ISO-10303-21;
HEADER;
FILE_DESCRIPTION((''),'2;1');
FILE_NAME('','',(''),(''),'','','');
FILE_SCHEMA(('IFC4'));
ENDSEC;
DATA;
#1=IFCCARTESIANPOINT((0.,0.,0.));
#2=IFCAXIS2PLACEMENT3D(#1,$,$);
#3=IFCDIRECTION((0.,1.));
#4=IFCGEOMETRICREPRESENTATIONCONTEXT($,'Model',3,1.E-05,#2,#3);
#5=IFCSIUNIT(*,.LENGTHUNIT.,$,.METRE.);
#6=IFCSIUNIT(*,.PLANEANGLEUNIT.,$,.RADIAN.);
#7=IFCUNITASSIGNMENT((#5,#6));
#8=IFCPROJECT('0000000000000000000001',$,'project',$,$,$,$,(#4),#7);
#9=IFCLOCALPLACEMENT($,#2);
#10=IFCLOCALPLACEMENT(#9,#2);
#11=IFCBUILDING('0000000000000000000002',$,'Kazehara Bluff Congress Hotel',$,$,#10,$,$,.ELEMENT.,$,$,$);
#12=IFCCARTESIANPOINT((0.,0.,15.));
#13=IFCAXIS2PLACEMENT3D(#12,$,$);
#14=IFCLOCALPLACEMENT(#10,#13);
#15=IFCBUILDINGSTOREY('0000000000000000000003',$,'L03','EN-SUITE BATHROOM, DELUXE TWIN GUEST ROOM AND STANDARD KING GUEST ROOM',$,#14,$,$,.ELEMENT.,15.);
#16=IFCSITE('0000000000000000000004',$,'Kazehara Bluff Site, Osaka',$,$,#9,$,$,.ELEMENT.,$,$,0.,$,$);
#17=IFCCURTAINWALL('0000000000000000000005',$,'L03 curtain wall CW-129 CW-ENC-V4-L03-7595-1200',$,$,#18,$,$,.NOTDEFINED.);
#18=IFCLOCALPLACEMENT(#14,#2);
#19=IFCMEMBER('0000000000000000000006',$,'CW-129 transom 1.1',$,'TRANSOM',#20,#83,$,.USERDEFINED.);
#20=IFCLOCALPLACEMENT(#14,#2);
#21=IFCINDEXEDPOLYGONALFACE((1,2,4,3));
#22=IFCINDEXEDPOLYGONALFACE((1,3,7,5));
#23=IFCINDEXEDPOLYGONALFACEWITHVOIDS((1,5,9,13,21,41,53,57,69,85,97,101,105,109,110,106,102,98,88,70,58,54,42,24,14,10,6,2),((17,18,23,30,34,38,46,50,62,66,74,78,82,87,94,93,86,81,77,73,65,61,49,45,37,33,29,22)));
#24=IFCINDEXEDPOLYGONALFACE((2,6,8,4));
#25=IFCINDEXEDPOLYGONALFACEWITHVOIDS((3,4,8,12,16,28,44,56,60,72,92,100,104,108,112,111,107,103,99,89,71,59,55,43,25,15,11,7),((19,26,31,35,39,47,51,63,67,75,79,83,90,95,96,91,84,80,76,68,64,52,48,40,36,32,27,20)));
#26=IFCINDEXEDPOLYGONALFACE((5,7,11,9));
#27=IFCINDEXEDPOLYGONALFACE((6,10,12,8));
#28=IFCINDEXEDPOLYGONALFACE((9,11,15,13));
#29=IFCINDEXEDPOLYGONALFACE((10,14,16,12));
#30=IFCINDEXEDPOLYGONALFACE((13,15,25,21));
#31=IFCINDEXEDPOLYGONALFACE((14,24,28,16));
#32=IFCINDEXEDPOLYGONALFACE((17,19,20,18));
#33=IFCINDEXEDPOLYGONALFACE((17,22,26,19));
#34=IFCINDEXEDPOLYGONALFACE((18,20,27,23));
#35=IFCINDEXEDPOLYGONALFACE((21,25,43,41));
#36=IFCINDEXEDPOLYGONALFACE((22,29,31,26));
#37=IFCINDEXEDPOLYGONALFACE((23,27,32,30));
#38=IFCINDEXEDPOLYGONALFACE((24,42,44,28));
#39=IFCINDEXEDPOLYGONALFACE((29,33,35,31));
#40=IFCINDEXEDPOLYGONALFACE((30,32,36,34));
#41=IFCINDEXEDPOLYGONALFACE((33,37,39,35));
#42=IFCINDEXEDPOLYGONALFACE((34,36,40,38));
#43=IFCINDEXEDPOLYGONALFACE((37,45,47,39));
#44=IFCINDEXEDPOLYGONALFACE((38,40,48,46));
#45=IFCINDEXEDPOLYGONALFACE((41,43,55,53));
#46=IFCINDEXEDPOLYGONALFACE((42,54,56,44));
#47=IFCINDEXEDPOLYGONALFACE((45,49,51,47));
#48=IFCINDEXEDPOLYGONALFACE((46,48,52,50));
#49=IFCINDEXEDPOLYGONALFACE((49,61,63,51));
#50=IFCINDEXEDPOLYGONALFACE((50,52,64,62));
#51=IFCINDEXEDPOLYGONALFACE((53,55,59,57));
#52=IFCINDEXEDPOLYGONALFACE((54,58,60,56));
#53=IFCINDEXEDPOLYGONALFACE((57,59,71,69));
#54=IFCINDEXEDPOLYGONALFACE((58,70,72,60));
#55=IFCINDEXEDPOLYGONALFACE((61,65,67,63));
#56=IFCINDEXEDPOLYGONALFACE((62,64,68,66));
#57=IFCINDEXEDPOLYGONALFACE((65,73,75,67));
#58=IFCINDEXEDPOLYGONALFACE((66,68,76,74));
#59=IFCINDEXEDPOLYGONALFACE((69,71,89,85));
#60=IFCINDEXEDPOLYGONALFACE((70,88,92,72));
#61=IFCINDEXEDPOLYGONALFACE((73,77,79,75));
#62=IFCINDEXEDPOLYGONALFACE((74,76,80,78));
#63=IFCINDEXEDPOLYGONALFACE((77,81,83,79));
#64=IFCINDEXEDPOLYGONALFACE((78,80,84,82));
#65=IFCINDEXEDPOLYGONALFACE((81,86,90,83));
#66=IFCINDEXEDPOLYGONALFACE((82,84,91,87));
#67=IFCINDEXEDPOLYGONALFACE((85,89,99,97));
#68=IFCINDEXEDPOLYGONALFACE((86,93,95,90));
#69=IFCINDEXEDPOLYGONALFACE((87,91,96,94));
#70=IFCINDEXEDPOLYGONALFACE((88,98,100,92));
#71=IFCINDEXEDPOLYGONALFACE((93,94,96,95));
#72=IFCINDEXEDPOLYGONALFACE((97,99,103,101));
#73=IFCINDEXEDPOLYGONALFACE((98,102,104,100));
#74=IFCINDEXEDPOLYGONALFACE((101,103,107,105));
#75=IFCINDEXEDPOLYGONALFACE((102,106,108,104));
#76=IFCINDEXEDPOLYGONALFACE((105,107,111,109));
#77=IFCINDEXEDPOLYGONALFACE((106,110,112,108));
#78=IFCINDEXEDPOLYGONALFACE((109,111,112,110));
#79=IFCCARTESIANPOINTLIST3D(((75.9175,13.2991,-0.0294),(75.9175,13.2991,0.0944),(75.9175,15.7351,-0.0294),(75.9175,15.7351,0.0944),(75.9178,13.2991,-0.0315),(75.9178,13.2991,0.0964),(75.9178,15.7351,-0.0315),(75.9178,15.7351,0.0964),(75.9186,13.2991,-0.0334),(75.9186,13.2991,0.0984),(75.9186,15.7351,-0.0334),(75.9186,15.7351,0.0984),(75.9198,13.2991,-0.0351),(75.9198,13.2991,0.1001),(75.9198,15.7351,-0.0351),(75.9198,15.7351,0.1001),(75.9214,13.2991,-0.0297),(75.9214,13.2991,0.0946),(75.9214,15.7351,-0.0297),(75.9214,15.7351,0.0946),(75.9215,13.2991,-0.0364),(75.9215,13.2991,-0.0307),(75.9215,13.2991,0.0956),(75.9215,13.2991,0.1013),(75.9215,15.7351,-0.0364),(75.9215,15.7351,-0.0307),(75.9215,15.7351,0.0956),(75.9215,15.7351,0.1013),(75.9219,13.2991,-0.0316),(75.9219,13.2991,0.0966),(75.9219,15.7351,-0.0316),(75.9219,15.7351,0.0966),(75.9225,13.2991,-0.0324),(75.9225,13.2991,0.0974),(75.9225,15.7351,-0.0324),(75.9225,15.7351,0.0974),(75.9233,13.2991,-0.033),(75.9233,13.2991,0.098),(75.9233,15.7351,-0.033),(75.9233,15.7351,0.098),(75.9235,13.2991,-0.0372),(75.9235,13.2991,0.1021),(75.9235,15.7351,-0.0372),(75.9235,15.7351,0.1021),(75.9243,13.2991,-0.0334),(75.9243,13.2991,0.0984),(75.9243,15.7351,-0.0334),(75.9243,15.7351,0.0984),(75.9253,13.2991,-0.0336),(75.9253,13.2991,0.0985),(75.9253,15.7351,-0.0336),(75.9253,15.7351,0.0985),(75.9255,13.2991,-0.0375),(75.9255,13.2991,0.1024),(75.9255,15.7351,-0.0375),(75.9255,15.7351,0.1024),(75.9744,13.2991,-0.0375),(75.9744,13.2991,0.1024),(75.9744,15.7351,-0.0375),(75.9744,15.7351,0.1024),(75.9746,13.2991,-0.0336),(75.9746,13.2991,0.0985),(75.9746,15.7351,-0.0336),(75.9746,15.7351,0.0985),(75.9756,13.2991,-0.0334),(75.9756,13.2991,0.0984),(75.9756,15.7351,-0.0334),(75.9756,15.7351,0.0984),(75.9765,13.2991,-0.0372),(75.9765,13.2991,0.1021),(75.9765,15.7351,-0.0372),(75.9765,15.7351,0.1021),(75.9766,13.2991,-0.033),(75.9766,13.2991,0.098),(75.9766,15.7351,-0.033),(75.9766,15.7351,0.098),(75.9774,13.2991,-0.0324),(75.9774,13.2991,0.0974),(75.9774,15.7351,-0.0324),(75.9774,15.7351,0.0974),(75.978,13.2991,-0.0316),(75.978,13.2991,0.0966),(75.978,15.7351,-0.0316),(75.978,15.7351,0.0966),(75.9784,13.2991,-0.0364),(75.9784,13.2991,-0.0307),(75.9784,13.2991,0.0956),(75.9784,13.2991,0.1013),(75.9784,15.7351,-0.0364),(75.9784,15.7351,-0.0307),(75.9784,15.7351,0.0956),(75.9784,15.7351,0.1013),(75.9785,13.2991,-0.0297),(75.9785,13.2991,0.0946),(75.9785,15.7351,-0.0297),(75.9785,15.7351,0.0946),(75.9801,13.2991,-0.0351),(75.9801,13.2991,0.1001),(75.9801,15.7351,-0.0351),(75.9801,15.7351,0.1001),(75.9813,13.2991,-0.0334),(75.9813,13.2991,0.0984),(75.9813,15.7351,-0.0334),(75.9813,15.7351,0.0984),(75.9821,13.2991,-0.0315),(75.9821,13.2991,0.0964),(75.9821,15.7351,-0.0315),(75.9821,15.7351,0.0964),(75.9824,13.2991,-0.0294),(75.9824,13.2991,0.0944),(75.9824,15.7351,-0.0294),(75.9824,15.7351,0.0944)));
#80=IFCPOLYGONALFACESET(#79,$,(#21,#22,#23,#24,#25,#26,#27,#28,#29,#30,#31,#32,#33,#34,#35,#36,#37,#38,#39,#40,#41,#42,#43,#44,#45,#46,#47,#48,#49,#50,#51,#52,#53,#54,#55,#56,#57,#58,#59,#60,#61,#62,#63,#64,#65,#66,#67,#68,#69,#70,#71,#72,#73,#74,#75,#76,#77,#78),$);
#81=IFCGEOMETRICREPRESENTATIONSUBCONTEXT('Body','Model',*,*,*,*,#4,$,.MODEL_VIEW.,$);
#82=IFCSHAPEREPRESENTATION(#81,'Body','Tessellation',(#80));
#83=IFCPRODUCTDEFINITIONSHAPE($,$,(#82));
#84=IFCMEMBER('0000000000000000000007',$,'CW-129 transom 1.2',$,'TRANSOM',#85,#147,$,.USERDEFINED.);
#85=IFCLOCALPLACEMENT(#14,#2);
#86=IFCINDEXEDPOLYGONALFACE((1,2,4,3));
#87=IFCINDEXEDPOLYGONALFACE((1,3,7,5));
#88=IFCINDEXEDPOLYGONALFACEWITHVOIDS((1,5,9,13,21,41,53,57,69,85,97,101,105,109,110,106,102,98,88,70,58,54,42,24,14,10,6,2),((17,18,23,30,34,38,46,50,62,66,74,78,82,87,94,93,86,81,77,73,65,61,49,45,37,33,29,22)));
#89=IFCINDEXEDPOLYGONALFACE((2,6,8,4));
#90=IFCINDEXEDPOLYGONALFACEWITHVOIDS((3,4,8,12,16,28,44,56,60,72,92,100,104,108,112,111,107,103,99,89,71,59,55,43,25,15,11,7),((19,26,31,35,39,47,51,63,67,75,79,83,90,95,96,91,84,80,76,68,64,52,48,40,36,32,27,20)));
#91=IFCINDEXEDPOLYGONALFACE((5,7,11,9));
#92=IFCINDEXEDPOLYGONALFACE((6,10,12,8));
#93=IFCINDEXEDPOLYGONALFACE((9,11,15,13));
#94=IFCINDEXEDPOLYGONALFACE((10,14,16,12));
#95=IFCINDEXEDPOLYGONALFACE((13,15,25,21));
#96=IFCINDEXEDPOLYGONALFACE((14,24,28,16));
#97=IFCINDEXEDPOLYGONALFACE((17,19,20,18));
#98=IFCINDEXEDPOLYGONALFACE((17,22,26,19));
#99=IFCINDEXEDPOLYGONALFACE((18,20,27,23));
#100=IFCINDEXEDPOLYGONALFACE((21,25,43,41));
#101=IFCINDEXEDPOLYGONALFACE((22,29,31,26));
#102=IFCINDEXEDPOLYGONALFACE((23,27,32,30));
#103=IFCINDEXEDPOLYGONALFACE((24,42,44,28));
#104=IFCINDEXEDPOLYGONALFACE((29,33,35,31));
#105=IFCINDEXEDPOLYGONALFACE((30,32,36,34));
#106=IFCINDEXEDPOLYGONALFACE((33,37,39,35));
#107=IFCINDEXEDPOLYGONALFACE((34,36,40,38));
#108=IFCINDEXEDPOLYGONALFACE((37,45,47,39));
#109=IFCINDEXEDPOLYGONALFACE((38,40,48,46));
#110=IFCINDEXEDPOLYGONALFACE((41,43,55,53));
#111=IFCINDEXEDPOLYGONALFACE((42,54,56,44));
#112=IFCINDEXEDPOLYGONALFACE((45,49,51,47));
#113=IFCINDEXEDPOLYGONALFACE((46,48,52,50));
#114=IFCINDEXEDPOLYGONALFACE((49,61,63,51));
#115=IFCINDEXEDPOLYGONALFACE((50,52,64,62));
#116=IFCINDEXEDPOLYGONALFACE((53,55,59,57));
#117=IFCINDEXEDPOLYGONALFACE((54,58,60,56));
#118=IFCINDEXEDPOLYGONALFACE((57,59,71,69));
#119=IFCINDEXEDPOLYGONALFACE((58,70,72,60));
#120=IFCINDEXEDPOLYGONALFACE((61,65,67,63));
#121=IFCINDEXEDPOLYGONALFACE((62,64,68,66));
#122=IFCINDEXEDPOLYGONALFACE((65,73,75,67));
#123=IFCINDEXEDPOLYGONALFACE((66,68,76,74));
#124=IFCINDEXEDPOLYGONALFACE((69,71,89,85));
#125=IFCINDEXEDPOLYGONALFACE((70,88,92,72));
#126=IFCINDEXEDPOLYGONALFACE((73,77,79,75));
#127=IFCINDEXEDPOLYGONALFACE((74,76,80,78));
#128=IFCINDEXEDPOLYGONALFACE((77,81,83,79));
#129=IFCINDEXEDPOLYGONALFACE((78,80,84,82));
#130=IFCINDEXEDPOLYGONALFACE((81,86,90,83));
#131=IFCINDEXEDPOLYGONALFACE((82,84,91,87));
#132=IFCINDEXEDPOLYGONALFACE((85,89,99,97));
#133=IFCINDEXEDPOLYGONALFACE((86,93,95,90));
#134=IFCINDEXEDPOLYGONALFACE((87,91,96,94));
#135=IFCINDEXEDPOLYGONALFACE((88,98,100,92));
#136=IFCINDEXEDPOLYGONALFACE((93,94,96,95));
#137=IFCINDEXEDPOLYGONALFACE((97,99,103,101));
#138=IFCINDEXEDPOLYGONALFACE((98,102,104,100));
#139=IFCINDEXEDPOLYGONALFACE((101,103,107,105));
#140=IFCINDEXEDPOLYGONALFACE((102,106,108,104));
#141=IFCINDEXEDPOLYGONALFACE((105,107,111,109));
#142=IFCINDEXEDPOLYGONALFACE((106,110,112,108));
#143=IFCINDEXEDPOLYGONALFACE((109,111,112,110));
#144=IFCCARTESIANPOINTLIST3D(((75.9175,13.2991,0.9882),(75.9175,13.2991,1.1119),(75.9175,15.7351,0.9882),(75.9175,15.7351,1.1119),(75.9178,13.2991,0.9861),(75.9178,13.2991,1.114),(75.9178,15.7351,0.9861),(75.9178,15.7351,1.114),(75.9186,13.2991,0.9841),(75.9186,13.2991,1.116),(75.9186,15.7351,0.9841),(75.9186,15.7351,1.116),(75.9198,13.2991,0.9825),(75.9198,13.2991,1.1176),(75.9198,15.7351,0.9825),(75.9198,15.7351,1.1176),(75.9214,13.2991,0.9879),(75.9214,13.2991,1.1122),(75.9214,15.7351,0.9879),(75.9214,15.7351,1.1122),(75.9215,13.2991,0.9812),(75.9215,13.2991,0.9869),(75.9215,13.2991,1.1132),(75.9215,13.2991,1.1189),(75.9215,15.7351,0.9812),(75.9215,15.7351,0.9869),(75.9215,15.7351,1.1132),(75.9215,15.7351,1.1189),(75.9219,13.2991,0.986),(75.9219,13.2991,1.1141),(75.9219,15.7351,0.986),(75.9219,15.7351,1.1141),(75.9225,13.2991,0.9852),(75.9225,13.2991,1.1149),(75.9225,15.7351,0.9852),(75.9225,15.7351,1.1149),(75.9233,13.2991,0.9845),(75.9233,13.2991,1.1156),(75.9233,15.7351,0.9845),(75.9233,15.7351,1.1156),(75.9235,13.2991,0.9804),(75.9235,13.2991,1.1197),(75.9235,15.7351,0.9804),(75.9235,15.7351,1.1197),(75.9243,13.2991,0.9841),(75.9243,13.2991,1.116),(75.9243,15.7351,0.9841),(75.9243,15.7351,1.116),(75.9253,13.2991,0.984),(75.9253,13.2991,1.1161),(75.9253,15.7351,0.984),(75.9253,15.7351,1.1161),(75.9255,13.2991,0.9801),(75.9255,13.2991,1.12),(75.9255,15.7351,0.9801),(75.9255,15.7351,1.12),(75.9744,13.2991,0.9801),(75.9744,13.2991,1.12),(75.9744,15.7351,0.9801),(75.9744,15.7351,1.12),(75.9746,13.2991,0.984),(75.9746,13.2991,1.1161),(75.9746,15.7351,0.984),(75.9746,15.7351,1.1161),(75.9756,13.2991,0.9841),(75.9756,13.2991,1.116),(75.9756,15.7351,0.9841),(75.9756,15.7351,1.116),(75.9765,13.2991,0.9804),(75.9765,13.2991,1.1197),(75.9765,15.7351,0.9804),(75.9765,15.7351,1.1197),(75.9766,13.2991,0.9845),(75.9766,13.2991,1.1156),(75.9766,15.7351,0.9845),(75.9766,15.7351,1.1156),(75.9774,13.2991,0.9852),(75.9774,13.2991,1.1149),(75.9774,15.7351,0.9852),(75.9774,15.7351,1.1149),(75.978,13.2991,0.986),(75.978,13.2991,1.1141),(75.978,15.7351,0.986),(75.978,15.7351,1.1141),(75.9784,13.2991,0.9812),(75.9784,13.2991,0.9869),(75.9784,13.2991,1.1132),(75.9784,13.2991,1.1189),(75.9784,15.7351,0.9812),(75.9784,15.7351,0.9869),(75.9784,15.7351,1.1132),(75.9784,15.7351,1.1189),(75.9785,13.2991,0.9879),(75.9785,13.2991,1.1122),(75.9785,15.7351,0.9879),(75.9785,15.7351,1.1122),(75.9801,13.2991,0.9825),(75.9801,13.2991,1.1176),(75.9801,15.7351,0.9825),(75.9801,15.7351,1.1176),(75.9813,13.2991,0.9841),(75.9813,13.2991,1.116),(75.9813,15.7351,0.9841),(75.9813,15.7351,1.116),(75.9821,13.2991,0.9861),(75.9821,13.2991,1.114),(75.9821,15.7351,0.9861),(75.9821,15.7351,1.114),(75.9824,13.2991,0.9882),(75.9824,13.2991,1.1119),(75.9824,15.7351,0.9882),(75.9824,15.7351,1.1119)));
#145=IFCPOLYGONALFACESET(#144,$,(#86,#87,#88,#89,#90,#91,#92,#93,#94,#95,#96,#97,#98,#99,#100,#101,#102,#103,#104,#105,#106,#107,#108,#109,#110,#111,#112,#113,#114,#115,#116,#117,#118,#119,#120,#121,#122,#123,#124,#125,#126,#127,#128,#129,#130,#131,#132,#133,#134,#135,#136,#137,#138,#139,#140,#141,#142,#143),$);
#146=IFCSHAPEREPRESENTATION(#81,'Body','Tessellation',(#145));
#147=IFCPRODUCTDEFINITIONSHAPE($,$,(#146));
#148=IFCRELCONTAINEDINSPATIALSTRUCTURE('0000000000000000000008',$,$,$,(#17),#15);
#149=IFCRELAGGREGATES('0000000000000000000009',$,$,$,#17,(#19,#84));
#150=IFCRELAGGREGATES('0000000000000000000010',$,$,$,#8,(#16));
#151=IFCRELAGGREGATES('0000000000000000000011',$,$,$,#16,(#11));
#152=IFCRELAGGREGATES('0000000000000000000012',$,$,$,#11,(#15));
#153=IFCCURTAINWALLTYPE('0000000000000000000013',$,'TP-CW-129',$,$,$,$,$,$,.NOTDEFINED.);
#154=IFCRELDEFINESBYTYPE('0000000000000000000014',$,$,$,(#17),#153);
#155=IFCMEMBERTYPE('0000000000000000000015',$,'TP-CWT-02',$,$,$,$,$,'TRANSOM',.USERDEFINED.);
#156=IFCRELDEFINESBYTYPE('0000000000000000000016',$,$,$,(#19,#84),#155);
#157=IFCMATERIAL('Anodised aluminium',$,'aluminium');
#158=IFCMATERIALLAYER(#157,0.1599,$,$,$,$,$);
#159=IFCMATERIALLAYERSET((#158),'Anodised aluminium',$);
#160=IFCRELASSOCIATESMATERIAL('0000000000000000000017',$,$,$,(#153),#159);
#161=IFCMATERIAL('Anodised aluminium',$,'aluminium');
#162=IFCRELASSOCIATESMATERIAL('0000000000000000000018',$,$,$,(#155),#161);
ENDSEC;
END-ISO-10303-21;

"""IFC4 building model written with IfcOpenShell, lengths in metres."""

from ifc_helpers import new_model, si_unit, direction, frame, origin, origin_2d, place, context, subcontext, project, spatial, hollow_rectangle, extrude, material, layer, layer_set, material_profile, profile_set, type_object, element, aggregate, save


model = new_model("IFC4")

# Units and contexts
model_context = context("Model", 3, precision=1e-05, world=origin(), true_north=direction((0.0, 1.0)))
body_context = subcontext(model_context, "Body", "Model", "MODEL_VIEW")
ifc_project = project(units=[si_unit("LENGTHUNIT", "METRE"), si_unit("PLANEANGLEUNIT", "RADIAN")], contexts=[model_context])

# Site, building, storey
site_placement = place(None, origin())
site = spatial("IfcSite", under=ifc_project, at=site_placement, Name="Kazehara Bluff Site, Osaka", CompositionType="ELEMENT", RefElevation=0.0)
building_placement = place(site_placement, origin())
building = spatial("IfcBuilding", under=site, at=building_placement, Name="Kazehara Bluff Congress Hotel", CompositionType="ELEMENT")
storey_placement = place(building_placement, frame((0.0, 0.0, 15.0)))
storey = spatial("IfcBuildingStorey", under=building, at=storey_placement, Name="L03", Description="EN-SUITE BATHROOM, DELUXE TWIN GUEST ROOM AND STANDARD KING GUEST ROOM", CompositionType="ELEMENT", Elevation=15.0)

# Curtain wall, members
ifc_material_1 = material(Name="Anodised aluminium", Category="aluminium")
ifc_layer_1 = layer(ifc_material_1, 0.1599)
ifc_layer_set_1 = layer_set([ifc_layer_1], Name="Anodised aluminium")
curtain_wall_type = type_object("IfcCurtainWallType", Name="TP-CW-129", PredefinedType="NOTDEFINED", material=ifc_layer_set_1)
curtain_wall_placement = place(storey_placement, origin())
curtain_wall = element("IfcCurtainWall", 1, at=curtain_wall_placement, inside=storey, type_object=curtain_wall_type, Name="L03 curtain wall CW-129 CW-ENC-V4-L03-7595-1200", PredefinedType="NOTDEFINED")
ifc_material_2 = material(Name="Anodised aluminium", Category="aluminium")
ifc_material_profile_1 = material_profile(ifc_material_2, hollow_rectangle(XDim=0.0649, YDim=0.1399, WallThickness=0.0039, InnerFilletRadius=0.0039, OuterFilletRadius=0.0081, at=origin_2d()))
ifc_profile_set_1 = profile_set([ifc_material_profile_1], Name="Anodised aluminium")
member_type_1 = type_object("IfcMemberType", Name="TP-CWT-02", ElementType="TRANSOM", PredefinedType="USERDEFINED", material=ifc_profile_set_1)
member_1_placement = place(storey_placement, frame((75.95, 15.7351, 0.0325), z_axis=(0.0, -1.0, 0.0), x_axis=(1.0, 0.0, 0.0)))
member_1 = element("IfcMember", 2, at=member_1_placement, type_object=member_type_1, Name="CW-129 transom 1.1", ObjectType="TRANSOM", PredefinedType="USERDEFINED", context=body_context, shape_type="SweptSolid", body=[
    extrude(hollow_rectangle(XDim=0.0649, YDim=0.1399, WallThickness=0.0039, InnerFilletRadius=0.0039, OuterFilletRadius=0.0081, at=origin_2d()), origin(), (0.0, 0.0, 1.0), 2.436),
])
member_2_placement = place(storey_placement, frame((75.95, 15.7351, 1.05), z_axis=(0.0, -1.0, 0.0), x_axis=(1.0, 0.0, 0.0)))
member_2 = element("IfcMember", 3, at=member_2_placement, type_object=member_type_1, Name="CW-129 transom 1.2", ObjectType="TRANSOM", PredefinedType="USERDEFINED", context=body_context, shape_type="SweptSolid", body=[
    extrude(hollow_rectangle(XDim=0.0649, YDim=0.1399, WallThickness=0.0039, InnerFilletRadius=0.0039, OuterFilletRadius=0.0081, at=origin_2d()), origin(), (0.0, 0.0, 1.0), 2.436),
])

aggregate(curtain_wall, [member_1, member_2])

save(model, "model.ifc")
